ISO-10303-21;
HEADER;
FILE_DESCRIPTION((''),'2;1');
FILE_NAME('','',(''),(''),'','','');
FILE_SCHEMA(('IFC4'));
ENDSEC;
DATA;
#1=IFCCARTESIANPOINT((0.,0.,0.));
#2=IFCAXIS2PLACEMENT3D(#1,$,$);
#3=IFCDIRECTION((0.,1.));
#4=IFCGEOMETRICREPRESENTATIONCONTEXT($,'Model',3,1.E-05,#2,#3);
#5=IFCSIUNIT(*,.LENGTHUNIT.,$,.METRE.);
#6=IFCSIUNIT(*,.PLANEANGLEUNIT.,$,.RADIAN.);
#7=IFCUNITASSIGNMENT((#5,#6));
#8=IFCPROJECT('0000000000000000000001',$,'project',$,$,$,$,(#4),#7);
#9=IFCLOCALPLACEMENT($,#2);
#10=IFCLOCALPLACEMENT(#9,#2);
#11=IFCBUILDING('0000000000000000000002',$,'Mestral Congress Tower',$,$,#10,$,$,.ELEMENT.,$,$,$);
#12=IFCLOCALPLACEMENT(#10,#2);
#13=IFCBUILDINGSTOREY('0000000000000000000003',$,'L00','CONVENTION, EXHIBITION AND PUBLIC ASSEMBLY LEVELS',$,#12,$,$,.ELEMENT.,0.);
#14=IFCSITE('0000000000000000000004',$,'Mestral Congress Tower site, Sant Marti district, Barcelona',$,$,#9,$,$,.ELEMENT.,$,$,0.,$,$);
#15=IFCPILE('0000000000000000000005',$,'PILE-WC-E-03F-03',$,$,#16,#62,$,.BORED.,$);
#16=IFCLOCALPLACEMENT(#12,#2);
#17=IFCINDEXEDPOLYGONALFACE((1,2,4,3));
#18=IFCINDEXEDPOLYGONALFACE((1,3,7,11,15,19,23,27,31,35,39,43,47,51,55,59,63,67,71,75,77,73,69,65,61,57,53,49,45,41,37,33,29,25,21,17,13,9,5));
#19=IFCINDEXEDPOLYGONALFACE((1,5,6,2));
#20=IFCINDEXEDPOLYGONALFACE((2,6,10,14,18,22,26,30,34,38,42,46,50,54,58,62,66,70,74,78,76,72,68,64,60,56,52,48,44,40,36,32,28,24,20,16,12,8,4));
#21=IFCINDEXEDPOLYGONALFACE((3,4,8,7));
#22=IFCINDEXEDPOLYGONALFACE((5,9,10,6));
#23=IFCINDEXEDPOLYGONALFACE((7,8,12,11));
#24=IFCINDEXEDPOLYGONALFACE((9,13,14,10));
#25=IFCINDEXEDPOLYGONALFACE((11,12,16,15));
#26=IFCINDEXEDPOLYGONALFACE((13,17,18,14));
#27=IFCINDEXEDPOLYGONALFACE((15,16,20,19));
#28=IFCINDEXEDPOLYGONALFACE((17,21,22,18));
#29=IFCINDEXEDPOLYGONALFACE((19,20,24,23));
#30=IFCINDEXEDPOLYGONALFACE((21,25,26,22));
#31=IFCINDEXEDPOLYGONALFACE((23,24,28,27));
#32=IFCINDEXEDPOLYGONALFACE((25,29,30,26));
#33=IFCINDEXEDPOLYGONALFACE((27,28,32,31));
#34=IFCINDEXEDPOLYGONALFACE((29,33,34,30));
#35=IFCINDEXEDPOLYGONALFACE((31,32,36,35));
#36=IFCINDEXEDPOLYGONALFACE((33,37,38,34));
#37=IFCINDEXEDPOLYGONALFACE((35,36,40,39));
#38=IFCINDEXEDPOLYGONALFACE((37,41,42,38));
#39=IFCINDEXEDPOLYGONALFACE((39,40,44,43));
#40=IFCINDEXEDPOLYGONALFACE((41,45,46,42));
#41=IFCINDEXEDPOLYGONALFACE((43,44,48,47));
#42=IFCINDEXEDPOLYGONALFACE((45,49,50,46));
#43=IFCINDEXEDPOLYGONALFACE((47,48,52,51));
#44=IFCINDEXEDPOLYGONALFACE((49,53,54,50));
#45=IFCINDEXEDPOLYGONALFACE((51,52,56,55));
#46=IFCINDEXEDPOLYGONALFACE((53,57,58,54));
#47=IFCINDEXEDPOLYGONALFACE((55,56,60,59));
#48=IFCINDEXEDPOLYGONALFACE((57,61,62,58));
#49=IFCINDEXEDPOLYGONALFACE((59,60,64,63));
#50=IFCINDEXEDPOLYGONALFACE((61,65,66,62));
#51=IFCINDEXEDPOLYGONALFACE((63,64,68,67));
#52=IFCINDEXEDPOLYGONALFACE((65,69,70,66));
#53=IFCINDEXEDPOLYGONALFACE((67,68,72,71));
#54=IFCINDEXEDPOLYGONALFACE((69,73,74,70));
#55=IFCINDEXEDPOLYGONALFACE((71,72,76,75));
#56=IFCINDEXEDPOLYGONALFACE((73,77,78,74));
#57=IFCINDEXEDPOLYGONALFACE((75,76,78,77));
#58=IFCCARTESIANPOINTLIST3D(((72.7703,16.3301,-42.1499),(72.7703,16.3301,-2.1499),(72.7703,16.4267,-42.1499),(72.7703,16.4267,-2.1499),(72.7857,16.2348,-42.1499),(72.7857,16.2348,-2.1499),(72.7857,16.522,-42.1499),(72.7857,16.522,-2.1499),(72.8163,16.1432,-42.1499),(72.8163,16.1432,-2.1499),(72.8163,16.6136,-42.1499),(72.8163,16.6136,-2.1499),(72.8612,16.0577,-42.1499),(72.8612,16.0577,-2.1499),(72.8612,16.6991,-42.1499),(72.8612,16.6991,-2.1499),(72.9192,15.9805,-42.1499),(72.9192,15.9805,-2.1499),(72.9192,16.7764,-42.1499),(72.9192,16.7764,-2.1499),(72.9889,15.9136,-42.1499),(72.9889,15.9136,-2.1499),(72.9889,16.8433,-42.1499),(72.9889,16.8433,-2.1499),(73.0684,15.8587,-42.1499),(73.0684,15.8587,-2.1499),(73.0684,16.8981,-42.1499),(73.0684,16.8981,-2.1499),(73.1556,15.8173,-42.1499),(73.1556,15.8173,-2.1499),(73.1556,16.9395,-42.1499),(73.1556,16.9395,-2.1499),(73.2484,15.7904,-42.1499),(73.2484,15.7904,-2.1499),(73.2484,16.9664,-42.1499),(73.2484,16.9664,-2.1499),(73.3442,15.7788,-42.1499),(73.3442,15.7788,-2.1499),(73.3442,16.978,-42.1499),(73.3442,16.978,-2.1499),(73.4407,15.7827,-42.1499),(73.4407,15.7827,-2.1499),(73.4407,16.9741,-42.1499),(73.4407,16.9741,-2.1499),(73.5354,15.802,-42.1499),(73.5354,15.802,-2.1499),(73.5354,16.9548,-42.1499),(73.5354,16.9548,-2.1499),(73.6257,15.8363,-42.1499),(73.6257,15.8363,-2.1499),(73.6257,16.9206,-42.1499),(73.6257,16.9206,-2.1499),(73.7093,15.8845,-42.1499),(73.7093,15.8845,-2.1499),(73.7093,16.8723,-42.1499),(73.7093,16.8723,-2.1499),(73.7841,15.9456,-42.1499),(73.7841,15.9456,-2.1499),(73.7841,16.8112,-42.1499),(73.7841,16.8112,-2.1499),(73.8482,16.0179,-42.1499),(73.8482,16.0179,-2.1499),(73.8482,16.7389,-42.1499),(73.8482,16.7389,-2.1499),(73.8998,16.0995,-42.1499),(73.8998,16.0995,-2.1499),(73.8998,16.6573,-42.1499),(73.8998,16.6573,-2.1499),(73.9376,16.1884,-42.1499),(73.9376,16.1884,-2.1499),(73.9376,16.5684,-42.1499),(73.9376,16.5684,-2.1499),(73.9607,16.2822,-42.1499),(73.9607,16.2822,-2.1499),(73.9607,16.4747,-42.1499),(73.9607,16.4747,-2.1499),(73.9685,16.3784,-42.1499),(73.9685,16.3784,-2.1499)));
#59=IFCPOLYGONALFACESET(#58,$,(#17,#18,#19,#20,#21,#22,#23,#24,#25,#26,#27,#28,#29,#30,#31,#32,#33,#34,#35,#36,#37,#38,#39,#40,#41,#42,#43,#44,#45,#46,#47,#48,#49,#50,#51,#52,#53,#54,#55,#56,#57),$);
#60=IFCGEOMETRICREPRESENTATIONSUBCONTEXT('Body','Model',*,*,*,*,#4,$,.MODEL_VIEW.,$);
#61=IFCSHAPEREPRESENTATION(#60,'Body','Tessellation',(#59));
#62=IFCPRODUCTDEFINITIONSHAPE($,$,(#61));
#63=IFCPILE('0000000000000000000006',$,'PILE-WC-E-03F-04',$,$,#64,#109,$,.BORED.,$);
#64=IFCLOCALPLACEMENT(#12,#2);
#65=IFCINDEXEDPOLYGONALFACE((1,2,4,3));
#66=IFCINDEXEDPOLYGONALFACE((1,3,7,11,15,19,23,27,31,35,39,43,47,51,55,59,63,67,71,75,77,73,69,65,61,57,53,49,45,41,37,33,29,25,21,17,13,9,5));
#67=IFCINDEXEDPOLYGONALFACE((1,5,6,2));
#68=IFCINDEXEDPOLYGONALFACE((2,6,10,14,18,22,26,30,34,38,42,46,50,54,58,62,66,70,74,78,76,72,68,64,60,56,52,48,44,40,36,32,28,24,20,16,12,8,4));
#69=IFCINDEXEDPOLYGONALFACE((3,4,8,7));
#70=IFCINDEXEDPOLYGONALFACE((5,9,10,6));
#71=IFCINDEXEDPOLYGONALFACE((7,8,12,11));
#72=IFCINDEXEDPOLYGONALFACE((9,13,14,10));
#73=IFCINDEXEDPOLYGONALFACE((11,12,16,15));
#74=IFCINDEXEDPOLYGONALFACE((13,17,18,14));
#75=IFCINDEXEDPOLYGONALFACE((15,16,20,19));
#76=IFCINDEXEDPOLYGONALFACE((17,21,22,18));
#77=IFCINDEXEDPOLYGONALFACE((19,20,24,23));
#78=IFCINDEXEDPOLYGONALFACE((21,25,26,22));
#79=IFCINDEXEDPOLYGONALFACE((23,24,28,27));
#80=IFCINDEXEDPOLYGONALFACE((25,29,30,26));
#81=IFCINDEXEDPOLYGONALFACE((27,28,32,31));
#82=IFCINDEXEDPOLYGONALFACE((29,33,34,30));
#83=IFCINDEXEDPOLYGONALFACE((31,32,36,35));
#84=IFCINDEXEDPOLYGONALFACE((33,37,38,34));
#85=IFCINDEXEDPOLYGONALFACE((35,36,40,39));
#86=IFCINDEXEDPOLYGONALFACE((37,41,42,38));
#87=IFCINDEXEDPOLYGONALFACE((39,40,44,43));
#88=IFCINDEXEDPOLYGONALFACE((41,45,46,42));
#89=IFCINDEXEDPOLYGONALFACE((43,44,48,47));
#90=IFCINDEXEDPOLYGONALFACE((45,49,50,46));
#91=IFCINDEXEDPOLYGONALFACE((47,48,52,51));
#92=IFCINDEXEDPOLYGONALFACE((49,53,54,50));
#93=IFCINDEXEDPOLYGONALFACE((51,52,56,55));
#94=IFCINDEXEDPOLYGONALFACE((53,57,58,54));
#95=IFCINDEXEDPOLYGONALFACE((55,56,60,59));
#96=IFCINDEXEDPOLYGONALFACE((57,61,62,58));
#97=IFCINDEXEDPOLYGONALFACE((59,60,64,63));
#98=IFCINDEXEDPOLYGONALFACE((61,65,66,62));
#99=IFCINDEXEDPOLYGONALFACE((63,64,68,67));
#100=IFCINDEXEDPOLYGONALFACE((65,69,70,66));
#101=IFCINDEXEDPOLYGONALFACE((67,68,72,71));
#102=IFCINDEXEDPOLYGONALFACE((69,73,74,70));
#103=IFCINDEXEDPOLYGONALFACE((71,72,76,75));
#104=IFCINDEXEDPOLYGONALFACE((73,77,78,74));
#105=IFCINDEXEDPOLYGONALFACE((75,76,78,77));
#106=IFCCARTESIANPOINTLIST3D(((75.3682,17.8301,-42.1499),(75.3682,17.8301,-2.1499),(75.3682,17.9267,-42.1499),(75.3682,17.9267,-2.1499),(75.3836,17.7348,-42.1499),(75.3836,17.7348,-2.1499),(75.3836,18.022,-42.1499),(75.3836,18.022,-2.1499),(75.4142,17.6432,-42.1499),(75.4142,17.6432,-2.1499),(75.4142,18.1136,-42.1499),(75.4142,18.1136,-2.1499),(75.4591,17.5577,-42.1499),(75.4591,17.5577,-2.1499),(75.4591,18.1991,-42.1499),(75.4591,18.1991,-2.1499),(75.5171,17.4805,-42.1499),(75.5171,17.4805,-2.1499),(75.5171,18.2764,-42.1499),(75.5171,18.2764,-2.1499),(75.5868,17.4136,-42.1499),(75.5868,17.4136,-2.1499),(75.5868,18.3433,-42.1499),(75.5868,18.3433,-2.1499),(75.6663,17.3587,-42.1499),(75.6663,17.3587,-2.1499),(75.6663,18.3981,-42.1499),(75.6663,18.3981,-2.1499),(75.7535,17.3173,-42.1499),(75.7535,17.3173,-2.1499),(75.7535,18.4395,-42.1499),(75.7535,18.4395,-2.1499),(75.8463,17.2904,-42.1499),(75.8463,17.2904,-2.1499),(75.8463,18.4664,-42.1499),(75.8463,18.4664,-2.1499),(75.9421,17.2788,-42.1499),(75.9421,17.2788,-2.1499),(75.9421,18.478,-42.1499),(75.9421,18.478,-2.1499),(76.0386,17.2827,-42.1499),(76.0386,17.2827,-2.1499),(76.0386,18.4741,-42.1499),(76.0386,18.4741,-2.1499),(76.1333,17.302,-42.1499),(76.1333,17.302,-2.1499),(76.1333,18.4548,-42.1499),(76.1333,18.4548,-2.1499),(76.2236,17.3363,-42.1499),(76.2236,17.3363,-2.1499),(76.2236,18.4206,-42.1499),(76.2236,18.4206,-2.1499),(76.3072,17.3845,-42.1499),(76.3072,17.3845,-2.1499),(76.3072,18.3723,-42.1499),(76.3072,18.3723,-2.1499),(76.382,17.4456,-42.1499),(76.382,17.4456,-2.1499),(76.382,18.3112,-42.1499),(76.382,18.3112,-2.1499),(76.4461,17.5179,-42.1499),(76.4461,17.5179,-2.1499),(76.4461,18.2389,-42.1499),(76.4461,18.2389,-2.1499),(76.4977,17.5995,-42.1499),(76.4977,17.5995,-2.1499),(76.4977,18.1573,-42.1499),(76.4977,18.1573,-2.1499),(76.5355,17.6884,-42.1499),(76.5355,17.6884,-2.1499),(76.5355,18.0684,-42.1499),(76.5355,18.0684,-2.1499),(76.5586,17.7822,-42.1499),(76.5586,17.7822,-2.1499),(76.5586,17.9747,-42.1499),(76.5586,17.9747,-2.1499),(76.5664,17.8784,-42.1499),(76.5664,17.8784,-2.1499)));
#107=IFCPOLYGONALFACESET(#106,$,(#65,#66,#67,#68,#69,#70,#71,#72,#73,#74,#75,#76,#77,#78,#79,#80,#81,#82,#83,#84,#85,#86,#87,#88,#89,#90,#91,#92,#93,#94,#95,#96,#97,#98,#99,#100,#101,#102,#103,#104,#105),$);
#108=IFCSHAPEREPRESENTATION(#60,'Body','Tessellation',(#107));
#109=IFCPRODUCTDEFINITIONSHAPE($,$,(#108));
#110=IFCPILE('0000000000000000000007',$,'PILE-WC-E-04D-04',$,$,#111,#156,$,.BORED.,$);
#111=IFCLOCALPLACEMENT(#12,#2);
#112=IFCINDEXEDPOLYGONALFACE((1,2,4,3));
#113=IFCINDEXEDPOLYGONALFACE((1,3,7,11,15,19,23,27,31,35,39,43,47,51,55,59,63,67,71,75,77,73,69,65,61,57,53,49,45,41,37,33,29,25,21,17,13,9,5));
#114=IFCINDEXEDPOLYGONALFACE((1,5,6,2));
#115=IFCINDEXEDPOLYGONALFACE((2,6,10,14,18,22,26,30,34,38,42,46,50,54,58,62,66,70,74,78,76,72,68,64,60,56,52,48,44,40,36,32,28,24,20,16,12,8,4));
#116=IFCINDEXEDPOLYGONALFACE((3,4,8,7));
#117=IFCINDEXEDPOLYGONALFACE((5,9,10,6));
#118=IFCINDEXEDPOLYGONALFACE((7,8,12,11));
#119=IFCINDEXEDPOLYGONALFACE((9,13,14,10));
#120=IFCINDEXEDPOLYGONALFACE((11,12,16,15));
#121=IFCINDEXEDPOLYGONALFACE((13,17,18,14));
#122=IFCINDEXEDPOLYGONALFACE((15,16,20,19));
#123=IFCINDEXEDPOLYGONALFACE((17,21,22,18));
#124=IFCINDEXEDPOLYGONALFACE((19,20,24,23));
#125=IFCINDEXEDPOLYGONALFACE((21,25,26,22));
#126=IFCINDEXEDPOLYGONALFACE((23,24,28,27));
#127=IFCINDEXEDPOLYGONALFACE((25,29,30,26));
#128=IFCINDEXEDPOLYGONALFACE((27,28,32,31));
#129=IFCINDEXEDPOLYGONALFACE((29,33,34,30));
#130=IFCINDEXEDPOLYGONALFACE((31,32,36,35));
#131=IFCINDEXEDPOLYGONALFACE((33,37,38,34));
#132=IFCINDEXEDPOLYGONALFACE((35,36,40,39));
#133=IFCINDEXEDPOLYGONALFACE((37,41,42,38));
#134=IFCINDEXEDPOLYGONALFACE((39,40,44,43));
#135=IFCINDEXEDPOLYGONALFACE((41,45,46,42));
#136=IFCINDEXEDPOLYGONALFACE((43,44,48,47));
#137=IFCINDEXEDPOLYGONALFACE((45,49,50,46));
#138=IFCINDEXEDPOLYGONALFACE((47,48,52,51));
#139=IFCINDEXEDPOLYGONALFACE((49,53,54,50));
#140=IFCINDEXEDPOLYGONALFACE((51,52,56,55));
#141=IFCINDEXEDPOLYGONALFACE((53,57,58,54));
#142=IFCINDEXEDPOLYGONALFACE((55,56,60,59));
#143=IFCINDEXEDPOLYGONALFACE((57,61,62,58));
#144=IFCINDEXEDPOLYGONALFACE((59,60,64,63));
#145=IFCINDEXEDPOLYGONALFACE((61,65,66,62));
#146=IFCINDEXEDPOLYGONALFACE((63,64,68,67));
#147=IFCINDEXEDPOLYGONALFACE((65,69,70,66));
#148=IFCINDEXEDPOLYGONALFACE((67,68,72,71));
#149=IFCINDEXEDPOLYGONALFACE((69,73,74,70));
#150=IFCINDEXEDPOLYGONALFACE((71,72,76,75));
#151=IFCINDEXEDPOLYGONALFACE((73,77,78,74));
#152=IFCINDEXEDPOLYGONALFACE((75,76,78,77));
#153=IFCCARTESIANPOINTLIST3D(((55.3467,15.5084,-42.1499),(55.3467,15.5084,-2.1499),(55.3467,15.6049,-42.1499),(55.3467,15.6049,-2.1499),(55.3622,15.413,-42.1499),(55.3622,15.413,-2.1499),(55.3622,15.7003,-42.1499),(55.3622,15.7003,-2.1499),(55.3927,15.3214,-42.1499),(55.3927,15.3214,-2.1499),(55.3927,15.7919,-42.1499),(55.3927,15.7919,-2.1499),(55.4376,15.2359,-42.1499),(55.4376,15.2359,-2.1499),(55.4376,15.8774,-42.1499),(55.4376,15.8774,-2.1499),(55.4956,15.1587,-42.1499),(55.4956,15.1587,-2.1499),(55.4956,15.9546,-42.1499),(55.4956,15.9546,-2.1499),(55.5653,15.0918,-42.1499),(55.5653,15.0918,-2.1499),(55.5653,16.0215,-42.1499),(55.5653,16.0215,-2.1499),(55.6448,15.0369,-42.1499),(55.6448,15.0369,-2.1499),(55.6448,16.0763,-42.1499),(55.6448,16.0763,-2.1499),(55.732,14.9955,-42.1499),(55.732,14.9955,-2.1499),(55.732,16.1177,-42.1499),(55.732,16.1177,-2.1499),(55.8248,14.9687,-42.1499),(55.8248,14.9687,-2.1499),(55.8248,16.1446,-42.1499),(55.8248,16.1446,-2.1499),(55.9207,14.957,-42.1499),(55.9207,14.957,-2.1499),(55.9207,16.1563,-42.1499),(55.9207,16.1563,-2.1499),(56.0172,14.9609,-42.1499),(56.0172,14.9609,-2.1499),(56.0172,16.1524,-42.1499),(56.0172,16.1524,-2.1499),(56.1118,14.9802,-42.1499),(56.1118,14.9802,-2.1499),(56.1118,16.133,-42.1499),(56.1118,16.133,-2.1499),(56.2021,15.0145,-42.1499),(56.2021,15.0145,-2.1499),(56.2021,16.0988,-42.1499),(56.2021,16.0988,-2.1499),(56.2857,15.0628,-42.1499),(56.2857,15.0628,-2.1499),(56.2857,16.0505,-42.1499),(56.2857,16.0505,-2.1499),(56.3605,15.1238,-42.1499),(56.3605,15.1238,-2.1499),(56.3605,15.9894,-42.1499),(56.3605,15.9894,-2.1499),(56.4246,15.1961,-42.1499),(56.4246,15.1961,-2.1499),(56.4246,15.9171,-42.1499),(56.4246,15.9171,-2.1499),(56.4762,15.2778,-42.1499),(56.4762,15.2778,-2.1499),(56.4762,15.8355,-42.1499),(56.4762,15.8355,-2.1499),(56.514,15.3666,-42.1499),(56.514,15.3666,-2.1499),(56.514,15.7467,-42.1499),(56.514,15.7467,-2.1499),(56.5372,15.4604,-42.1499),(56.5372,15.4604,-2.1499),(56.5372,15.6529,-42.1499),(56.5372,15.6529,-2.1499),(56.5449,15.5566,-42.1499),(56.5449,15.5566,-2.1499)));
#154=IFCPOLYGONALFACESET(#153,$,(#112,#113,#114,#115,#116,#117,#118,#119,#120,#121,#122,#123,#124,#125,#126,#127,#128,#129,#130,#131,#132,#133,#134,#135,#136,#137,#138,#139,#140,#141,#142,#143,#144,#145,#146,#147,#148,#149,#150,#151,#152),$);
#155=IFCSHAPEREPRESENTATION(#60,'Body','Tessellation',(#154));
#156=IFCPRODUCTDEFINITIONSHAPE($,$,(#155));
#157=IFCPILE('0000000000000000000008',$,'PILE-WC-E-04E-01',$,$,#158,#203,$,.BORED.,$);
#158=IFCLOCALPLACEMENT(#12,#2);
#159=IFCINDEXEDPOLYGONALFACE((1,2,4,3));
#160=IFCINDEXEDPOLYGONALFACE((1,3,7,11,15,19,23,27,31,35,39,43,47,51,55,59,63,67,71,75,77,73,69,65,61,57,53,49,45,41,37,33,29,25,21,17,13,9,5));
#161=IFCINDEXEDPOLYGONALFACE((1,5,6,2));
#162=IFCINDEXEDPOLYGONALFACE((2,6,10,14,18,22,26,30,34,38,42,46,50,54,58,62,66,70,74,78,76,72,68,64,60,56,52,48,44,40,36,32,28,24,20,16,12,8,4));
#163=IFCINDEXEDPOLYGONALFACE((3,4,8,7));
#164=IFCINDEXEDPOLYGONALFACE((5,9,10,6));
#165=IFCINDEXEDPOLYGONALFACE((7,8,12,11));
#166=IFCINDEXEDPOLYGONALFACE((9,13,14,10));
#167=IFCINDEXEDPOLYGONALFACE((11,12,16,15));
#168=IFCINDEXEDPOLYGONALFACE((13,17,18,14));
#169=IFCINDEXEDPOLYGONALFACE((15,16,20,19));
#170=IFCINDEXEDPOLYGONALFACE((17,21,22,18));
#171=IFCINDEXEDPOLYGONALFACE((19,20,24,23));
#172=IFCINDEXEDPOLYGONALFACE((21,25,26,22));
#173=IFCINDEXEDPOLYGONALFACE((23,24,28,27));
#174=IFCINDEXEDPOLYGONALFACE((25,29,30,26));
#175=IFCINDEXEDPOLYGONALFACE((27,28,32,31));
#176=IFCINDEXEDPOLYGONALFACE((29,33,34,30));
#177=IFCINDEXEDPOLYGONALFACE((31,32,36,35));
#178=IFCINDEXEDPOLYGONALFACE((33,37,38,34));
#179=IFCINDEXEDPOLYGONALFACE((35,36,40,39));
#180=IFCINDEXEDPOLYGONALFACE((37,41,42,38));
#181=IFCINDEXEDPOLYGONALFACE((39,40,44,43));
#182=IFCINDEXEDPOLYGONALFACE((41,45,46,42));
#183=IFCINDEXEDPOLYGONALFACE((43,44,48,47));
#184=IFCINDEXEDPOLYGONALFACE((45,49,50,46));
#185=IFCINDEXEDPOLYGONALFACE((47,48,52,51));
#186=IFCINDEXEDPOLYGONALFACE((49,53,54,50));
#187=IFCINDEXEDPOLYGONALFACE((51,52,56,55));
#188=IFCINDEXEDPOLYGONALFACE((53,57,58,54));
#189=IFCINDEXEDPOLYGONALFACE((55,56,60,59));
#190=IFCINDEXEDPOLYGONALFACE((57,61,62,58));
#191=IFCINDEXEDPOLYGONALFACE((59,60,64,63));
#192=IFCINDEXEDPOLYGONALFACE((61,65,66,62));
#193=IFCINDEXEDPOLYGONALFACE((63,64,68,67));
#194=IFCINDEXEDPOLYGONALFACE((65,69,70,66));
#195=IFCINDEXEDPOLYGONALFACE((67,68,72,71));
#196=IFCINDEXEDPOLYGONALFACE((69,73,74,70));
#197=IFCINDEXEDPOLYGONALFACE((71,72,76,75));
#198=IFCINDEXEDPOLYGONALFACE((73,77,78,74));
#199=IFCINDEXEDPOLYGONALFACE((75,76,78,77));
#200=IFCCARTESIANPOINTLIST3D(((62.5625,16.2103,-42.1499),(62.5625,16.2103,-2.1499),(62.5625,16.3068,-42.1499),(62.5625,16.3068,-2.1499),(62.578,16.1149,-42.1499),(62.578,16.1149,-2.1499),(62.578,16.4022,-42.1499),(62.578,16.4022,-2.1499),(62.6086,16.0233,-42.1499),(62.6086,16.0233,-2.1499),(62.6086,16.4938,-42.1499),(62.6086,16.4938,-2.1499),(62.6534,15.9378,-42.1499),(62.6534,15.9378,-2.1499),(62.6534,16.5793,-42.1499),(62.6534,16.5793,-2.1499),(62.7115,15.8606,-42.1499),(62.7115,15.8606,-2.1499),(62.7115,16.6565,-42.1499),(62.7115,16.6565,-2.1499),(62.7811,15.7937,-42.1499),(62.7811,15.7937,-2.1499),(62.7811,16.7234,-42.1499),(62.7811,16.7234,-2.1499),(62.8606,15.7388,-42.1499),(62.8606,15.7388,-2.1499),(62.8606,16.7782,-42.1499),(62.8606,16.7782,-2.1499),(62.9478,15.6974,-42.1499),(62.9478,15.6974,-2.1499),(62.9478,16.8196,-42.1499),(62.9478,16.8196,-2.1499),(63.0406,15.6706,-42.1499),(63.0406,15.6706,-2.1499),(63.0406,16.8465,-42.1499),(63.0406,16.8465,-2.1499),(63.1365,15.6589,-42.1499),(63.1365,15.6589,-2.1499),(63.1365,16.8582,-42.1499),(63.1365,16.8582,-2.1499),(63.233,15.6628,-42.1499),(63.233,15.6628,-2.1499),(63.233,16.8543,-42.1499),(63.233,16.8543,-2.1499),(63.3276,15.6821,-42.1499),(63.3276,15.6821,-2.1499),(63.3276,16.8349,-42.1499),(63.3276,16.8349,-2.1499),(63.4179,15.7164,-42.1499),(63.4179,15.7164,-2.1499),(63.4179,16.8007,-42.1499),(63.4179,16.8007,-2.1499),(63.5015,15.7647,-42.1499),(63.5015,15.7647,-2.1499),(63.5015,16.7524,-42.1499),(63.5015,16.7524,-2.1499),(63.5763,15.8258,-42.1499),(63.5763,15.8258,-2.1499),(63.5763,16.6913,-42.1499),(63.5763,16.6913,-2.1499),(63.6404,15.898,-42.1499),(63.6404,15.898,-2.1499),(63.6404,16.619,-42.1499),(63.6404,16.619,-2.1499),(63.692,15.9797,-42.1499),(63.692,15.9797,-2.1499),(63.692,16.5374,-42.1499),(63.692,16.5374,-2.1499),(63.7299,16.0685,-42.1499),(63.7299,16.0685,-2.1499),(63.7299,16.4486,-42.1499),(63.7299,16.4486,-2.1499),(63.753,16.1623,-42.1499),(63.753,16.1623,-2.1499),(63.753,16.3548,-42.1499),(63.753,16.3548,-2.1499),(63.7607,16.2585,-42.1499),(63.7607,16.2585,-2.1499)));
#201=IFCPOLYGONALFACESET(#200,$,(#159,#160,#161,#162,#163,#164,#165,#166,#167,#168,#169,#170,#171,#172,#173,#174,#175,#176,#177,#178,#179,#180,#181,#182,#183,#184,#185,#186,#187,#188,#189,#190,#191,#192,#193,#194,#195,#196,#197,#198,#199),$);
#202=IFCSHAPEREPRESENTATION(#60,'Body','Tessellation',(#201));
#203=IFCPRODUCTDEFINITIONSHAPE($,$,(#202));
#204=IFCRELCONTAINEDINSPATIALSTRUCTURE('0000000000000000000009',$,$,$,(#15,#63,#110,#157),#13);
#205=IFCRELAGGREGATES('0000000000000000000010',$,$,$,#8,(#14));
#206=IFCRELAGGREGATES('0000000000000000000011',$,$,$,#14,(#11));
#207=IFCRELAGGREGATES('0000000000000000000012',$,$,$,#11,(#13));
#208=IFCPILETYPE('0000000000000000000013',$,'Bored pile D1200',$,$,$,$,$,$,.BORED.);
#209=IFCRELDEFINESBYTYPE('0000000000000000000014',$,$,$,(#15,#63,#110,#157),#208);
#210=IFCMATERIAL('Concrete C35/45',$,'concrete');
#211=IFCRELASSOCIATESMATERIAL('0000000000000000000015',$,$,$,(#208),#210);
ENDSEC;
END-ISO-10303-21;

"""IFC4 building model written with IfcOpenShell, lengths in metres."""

from ifc_helpers import new_model, si_unit, direction, frame, origin, origin_2d, place, context, subcontext, project, spatial, circle, extrude, material, material_profile, profile_set, type_object, element, save


model = new_model("IFC4")

# Units and contexts
model_context = context("Model", 3, precision=1e-05, world=origin(), true_north=direction((0.0, 1.0)))
body_context = subcontext(model_context, "Body", "Model", "MODEL_VIEW")
ifc_project = project(units=[si_unit("LENGTHUNIT", "METRE"), si_unit("PLANEANGLEUNIT", "RADIAN")], contexts=[model_context])

# Site, building, storey
site_placement = place(None, origin())
site = spatial("IfcSite", under=ifc_project, at=site_placement, Name="Mestral Congress Tower site, Sant Marti district, Barcelona", CompositionType="ELEMENT", RefElevation=0.0)
building_placement = place(site_placement, origin())
building = spatial("IfcBuilding", under=site, at=building_placement, Name="Mestral Congress Tower", CompositionType="ELEMENT")
storey_placement = place(building_placement, origin())
storey = spatial("IfcBuildingStorey", under=building, at=storey_placement, Name="L00", Description="CONVENTION, EXHIBITION AND PUBLIC ASSEMBLY LEVELS", CompositionType="ELEMENT", Elevation=0.0)

# Piles
ifc_material_1 = material(Name="Concrete C35/45", Category="concrete")
ifc_material_profile_1 = material_profile(ifc_material_1, circle(Radius=0.6001, at=origin_2d()), Name="D1200")
ifc_profile_set_1 = profile_set([ifc_material_profile_1], Name="Concrete C35/45")
pile_type = type_object("IfcPileType", Name="Bored pile D1200", PredefinedType="BORED", material=ifc_profile_set_1)
for number, where, z_axis, x_axis, name in (
    (1, (73.3684, 16.3784, -2.1499), (0.0, 0.0, -1.0), (1.0, 0.0, 0.0), "PILE-WC-E-03F-03"),
    (2, (75.9663, 17.8784, -2.1499), (0.0, 0.0, -1.0), (1.0, 0.0, 0.0), "PILE-WC-E-03F-04"),
    (3, (55.9448, 15.5566, -2.1499), (0.0, 0.0, -1.0), (1.0, 0.0, 0.0), "PILE-WC-E-04D-04"),
    (4, (63.1606, 16.2585, -2.1499), (0.0, 0.0, -1.0), (1.0, 0.0, 0.0), "PILE-WC-E-04E-01"),
):
    element("IfcPile", number, at=place(storey_placement, frame(where, z_axis=z_axis, x_axis=x_axis)), inside=storey, type_object=pile_type, Name=name, PredefinedType="BORED", context=body_context, shape_type="SweptSolid", body=[
        extrude(circle(Radius=0.6001, at=origin_2d()), origin(), (0.0, 0.0, 1.0), 40.0),
    ])

save(model, "model.ifc")
